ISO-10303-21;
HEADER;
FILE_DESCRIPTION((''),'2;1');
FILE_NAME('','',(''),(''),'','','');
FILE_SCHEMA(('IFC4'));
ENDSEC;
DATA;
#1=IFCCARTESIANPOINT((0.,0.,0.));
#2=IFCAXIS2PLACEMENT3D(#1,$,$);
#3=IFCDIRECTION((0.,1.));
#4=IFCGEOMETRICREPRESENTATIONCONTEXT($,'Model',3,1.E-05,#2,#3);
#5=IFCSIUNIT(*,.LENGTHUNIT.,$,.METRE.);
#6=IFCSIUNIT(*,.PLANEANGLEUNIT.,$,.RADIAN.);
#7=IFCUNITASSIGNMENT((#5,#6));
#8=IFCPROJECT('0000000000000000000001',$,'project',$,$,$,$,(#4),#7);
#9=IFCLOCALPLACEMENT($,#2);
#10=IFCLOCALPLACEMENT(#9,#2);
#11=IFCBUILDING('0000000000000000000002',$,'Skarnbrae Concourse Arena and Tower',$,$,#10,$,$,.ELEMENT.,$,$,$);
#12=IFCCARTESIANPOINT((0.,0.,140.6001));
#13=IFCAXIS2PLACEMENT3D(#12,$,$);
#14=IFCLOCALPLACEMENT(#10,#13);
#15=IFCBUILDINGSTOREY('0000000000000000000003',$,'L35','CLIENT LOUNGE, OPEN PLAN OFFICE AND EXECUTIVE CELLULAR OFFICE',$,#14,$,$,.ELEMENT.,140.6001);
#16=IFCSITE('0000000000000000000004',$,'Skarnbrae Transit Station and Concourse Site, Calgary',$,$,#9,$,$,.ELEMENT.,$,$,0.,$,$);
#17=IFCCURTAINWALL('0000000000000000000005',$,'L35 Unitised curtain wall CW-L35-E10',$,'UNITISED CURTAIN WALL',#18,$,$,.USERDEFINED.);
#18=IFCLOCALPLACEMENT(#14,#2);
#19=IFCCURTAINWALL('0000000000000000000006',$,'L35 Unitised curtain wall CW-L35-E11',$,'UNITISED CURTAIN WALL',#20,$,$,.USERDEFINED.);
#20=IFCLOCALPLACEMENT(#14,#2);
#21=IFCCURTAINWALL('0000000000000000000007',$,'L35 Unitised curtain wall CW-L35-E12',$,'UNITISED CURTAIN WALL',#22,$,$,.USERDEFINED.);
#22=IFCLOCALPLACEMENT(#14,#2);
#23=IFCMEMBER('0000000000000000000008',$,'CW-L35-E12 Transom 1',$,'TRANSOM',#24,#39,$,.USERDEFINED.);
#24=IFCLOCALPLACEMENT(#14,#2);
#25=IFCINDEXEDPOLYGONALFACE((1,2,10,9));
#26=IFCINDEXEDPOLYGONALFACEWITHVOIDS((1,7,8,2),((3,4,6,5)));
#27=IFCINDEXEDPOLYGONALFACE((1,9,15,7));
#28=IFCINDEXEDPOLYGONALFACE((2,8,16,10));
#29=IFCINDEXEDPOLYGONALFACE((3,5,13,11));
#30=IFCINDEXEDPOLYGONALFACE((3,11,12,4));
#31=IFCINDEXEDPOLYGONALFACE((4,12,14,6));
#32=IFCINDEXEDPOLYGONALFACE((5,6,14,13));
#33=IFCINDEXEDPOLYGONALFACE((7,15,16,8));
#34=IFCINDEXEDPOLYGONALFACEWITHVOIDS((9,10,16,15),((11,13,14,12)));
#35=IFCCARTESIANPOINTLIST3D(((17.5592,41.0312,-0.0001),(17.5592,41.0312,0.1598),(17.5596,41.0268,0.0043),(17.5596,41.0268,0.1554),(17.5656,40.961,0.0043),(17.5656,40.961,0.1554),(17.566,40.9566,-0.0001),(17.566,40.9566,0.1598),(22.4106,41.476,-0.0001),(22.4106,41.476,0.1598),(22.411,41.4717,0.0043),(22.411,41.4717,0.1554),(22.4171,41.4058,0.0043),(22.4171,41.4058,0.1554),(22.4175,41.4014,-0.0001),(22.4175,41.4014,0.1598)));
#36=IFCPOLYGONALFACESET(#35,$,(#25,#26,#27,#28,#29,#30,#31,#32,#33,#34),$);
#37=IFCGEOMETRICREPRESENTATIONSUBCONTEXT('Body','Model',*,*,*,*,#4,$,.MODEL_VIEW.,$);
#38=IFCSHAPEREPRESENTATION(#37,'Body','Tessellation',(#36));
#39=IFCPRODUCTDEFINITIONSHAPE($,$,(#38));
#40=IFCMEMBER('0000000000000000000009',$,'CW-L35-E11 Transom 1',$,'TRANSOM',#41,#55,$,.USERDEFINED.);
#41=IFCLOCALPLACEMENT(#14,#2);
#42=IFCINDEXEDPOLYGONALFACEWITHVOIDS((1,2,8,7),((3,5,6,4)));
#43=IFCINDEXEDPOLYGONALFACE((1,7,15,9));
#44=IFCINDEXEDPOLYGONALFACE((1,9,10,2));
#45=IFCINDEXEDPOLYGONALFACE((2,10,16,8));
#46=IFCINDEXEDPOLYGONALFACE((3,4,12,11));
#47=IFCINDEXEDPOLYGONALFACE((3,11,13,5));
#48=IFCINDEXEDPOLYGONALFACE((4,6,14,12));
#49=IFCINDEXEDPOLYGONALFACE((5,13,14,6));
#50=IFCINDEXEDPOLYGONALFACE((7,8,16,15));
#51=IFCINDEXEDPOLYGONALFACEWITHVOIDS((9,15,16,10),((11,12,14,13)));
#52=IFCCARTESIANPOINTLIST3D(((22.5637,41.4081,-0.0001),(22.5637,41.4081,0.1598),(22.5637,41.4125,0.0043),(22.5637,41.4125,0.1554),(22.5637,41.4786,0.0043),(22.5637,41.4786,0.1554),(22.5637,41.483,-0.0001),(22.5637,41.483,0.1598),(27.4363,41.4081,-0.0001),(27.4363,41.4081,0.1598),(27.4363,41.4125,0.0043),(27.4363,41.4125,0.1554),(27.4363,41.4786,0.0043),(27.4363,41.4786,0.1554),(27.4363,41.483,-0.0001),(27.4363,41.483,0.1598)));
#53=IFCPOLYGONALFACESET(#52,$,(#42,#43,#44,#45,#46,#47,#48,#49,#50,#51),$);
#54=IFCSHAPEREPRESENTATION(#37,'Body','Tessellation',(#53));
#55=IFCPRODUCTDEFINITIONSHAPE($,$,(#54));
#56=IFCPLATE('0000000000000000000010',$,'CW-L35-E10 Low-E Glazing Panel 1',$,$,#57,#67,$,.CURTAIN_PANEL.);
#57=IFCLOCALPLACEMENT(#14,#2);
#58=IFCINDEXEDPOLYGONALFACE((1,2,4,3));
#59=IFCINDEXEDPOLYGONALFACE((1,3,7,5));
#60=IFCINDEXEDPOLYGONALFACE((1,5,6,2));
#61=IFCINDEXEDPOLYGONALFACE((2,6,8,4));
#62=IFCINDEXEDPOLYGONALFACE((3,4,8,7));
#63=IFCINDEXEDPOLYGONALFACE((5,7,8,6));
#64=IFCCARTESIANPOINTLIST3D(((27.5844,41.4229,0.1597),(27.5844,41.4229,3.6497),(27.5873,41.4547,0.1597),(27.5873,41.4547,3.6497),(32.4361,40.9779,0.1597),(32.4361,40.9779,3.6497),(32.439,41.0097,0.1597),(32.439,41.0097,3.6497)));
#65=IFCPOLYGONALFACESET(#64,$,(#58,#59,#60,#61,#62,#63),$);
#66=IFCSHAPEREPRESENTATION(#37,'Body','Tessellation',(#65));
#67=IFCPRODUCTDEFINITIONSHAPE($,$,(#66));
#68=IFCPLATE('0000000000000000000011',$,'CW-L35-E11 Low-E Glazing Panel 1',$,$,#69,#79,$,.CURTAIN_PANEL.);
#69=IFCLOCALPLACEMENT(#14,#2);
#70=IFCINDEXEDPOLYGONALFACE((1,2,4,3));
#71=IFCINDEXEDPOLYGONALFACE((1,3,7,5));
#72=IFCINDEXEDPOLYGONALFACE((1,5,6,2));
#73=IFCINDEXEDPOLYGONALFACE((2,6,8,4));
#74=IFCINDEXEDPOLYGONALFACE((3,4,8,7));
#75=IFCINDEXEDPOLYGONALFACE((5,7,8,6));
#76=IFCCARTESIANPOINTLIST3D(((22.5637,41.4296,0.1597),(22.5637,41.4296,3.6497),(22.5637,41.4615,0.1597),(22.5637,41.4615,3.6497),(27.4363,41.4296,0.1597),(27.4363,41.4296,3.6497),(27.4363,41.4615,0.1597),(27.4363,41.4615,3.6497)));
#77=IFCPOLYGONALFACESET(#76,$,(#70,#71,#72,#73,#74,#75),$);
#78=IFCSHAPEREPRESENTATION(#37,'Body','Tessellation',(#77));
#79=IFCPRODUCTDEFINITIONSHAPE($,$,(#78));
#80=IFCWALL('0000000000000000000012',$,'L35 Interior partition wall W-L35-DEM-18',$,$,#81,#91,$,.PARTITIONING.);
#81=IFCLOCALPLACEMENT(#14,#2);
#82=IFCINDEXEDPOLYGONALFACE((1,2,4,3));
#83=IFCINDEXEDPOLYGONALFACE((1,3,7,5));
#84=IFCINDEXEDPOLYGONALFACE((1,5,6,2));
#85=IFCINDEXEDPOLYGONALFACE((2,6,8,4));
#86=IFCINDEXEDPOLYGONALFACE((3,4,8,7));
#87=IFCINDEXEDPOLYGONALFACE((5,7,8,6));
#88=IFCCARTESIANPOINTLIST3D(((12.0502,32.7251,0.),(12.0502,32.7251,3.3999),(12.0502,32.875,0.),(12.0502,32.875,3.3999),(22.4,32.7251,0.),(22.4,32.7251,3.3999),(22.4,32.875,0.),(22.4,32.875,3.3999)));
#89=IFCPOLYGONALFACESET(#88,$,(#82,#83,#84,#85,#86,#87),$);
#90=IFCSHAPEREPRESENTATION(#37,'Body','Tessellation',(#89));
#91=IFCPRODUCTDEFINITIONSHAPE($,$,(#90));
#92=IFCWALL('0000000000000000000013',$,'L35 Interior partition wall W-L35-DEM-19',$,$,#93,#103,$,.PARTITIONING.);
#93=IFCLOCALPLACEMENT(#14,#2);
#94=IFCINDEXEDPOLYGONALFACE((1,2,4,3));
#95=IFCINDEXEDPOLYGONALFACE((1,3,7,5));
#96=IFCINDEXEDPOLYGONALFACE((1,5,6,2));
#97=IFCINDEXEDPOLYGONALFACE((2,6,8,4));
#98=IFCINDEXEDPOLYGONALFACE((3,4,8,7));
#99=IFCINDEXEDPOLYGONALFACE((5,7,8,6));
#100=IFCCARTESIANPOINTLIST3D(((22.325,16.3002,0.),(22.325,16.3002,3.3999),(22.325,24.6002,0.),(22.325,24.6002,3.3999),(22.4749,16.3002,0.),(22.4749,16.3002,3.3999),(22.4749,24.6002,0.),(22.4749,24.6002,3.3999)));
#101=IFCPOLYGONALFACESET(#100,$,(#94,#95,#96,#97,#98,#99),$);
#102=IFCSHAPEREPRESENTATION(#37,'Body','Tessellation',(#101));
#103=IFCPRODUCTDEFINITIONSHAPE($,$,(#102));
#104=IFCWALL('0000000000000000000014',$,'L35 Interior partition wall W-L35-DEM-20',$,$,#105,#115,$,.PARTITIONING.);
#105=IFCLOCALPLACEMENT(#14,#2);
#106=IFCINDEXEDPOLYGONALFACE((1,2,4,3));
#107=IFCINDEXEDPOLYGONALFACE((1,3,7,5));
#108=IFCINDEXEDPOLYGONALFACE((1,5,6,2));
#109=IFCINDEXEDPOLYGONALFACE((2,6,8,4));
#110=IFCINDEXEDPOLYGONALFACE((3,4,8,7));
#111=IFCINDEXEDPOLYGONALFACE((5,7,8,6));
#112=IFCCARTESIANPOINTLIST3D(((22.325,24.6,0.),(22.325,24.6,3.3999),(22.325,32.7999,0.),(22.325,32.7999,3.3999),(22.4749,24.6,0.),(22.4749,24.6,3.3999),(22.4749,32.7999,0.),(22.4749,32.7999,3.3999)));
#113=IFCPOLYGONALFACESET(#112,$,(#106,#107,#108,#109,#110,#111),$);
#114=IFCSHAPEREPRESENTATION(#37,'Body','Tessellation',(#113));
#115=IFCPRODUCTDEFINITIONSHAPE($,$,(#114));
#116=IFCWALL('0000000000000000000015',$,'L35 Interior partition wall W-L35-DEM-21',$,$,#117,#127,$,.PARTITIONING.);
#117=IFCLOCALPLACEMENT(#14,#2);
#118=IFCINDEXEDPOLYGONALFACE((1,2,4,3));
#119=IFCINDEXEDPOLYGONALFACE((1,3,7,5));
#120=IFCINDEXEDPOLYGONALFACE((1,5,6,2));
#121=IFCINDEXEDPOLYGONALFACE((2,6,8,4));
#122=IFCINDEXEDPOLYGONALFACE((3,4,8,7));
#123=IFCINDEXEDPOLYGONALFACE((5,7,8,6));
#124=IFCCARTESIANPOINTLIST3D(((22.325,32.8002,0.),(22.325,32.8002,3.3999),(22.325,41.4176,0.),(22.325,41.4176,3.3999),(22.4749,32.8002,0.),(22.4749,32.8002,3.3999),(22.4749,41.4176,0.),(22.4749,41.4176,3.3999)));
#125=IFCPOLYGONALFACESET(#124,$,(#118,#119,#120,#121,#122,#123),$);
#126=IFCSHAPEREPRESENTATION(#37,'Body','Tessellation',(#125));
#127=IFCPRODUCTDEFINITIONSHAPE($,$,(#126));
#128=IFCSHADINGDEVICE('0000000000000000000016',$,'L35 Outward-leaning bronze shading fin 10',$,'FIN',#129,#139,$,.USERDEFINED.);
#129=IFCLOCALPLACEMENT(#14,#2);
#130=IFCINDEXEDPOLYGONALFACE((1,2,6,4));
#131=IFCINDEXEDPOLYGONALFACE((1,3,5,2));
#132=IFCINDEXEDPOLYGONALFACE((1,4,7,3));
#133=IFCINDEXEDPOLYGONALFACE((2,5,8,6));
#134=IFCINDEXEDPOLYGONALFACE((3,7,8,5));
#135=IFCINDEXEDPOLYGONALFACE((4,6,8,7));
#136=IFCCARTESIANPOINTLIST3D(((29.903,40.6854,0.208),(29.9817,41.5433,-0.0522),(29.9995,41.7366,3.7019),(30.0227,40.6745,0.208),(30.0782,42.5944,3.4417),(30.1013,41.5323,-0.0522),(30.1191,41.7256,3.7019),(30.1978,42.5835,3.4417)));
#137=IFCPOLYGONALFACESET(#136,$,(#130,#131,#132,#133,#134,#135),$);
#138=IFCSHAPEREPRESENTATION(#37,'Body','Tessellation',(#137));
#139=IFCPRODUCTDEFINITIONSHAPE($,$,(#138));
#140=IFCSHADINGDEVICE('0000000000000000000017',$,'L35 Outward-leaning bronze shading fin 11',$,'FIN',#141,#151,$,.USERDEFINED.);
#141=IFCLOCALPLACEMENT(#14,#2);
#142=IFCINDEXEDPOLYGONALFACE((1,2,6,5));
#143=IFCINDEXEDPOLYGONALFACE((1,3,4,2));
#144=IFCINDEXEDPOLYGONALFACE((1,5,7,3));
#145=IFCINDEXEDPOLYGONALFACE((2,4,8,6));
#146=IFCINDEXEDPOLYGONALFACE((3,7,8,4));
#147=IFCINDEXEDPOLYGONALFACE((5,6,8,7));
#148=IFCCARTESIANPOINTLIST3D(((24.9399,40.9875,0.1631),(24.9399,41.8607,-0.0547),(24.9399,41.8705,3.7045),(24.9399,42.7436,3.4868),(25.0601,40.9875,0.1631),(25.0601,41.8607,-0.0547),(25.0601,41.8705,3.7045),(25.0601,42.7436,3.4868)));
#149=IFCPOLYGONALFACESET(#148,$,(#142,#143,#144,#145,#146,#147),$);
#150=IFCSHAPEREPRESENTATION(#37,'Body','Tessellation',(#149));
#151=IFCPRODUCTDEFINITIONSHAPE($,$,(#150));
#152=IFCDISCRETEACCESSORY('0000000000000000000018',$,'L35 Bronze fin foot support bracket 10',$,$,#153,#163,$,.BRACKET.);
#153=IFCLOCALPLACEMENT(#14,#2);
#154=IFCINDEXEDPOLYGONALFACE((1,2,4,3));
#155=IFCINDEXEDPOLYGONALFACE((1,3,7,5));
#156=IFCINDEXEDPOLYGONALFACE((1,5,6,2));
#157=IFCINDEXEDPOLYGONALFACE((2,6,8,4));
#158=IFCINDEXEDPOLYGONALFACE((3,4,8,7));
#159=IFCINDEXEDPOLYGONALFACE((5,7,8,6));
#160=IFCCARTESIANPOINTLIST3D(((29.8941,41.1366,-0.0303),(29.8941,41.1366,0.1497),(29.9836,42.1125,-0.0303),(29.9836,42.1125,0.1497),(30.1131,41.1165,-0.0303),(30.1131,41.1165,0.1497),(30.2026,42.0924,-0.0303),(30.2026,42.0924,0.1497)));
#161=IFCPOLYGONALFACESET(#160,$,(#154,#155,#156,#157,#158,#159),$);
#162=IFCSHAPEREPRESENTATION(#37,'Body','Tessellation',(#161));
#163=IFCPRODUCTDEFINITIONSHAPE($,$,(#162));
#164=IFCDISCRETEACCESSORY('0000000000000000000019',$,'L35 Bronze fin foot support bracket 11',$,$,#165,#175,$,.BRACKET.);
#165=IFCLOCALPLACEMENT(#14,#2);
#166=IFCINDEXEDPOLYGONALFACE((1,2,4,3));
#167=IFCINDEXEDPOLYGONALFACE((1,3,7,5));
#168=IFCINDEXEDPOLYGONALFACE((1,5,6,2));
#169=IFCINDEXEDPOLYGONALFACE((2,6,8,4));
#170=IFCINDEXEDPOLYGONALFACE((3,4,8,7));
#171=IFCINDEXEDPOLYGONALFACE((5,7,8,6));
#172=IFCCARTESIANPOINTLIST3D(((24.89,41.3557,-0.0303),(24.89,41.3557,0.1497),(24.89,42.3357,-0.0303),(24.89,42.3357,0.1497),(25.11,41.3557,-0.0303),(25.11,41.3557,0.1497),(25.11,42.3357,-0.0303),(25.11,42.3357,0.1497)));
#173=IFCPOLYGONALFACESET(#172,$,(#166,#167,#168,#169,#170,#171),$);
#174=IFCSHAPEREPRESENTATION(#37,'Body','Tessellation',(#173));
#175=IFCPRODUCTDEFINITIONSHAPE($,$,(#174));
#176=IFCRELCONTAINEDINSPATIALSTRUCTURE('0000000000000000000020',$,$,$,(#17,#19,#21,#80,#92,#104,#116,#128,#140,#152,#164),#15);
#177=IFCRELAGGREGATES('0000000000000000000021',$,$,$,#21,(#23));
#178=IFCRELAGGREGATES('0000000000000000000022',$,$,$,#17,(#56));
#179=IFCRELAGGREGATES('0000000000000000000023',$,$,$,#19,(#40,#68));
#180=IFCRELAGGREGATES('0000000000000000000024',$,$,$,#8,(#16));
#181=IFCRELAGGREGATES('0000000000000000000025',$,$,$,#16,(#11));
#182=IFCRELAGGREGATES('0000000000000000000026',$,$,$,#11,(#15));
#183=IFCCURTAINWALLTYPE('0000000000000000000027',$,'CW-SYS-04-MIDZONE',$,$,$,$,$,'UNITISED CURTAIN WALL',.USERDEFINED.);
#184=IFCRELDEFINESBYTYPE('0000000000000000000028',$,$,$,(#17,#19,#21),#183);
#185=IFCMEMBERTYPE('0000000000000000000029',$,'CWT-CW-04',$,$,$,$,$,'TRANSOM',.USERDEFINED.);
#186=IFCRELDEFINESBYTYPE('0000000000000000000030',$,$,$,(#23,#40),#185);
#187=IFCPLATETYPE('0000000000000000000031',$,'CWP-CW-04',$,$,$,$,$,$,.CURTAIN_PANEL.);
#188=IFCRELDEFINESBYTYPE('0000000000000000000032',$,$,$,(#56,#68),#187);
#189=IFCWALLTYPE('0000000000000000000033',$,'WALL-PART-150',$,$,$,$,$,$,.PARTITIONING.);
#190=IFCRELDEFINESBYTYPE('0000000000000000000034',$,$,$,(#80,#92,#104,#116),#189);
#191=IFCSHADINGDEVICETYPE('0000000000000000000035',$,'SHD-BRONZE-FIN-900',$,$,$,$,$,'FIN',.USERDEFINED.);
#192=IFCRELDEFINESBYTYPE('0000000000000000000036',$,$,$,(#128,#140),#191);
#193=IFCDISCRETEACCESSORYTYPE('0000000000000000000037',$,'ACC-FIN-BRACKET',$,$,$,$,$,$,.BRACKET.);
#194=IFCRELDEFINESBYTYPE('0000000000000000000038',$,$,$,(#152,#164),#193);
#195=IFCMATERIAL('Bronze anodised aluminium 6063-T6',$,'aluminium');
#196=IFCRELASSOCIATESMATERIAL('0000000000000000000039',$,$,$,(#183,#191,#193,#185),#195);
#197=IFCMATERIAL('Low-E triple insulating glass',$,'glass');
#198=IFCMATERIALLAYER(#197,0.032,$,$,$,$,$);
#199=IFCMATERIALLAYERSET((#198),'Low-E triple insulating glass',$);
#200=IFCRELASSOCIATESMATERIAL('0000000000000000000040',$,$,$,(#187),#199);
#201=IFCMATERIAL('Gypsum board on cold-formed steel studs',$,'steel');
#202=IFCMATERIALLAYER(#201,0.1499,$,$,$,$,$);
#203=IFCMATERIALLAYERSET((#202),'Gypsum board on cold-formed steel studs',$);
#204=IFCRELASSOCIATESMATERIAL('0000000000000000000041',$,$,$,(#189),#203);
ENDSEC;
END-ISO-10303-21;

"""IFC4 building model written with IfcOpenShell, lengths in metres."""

from ifc_helpers import new_model, si_unit, direction, frame, frame_2d, origin, origin_2d, place, context, subcontext, project, spatial, rectangle, hollow_rectangle, extrude, source, transform, mapped, material, layer, layer_set, material_profile, profile_set, type_object, element, aggregate, save


model = new_model("IFC4")

# Units and contexts
model_context = context("Model", 3, precision=1e-05, world=origin(), true_north=direction((0.0, 1.0)))
body_context = subcontext(model_context, "Body", "Model", "MODEL_VIEW")
ifc_project = project(units=[si_unit("LENGTHUNIT", "METRE"), si_unit("PLANEANGLEUNIT", "RADIAN")], contexts=[model_context])

# Site, building, storey
site_placement = place(None, origin())
site = spatial("IfcSite", under=ifc_project, at=site_placement, Name="Skarnbrae Transit Station and Concourse Site, Calgary", CompositionType="ELEMENT", RefElevation=0.0)
building_placement = place(site_placement, origin())
building = spatial("IfcBuilding", under=site, at=building_placement, Name="Skarnbrae Concourse Arena and Tower", CompositionType="ELEMENT")
storey_placement = place(building_placement, frame((0.0, 0.0, 140.6001)))
storey = spatial("IfcBuildingStorey", under=building, at=storey_placement, Name="L35", Description="CLIENT LOUNGE, OPEN PLAN OFFICE AND EXECUTIVE CELLULAR OFFICE", CompositionType="ELEMENT", Elevation=140.6001)

# Shared definitions
ifc_material_1 = material(Name="Bronze anodised aluminium 6063-T6", Category="aluminium")
curtain_wall_type = type_object("IfcCurtainWallType", Name="CW-SYS-04-MIDZONE", ElementType="UNITISED CURTAIN WALL", PredefinedType="USERDEFINED", material=ifc_material_1)

# Curtain walls
curtain_wall_1_placement = place(storey_placement, origin())
curtain_wall_1 = element("IfcCurtainWall", 1, at=curtain_wall_1_placement, inside=storey, type_object=curtain_wall_type, Name="L35 Unitised curtain wall CW-L35-E10", ObjectType="UNITISED CURTAIN WALL", PredefinedType="USERDEFINED")
curtain_wall_2_placement = place(storey_placement, origin())
curtain_wall_2 = element("IfcCurtainWall", 2, at=curtain_wall_2_placement, inside=storey, type_object=curtain_wall_type, Name="L35 Unitised curtain wall CW-L35-E11", ObjectType="UNITISED CURTAIN WALL", PredefinedType="USERDEFINED")

# Curtain wall
curtain_wall_3_placement = place(storey_placement, origin())
curtain_wall_3 = element("IfcCurtainWall", 3, at=curtain_wall_3_placement, inside=storey, type_object=curtain_wall_type, Name="L35 Unitised curtain wall CW-L35-E12", ObjectType="UNITISED CURTAIN WALL", PredefinedType="USERDEFINED")

# Members
ifc_material_profile_1 = material_profile(ifc_material_1, hollow_rectangle(XDim=0.075, YDim=0.1599, WallThickness=0.0044, at=origin_2d()), Name="ALU-TRAN-75X160")
ifc_profile_set_1 = profile_set([ifc_material_profile_1], Name="Bronze anodised aluminium 6063-T6")
member_type_1 = type_object("IfcMemberType", Name="CWT-CW-04", ElementType="TRANSOM", PredefinedType="USERDEFINED", material=ifc_profile_set_1)
shared_shape_1 = source(origin(), body_context, "Body", "SweptSolid", [
    extrude(hollow_rectangle(XDim=0.075, YDim=0.1599, WallThickness=0.0044, at=origin_2d()), origin(), (0.0, 0.0, 1.0), 4.8718),
])
member_1_placement = place(storey_placement, frame((22.4141, 41.4387, 0.0798), z_axis=(-0.995823, -0.091304, 0.0), x_axis=(0.091304, -0.995823, 0.0)))
member_1 = element("IfcMember", 4, at=member_1_placement, type_object=member_type_1, Name="CW-L35-E12 Transom 1", ObjectType="TRANSOM", PredefinedType="USERDEFINED", context=body_context, shape_type="MappedRepresentation", body=[
    mapped(shared_shape_1, transform((0.0, 0.0, 0.0))),
])
aggregate(curtain_wall_3, [member_1])
shared_shape_2 = source(origin(), body_context, "Body", "SweptSolid", [
    extrude(hollow_rectangle(XDim=0.075, YDim=0.1599, WallThickness=0.0044, at=origin_2d()), origin(), (0.0, 0.0, 1.0), 4.8726),
])
member_2_placement = place(storey_placement, frame((27.4363, 41.4456, 0.0798), z_axis=(-1.0, 0.0, 0.0), x_axis=(0.0, -1.0, 0.0)))
member_2 = element("IfcMember", 5, at=member_2_placement, type_object=member_type_1, Name="CW-L35-E11 Transom 1", ObjectType="TRANSOM", PredefinedType="USERDEFINED", context=body_context, shape_type="MappedRepresentation", body=[
    mapped(shared_shape_2, transform((0.0, 0.0, 0.0))),
])

# Plates
ifc_material_2 = material(Name="Low-E triple insulating glass", Category="glass")
ifc_layer_1 = layer(ifc_material_2, 0.032)
ifc_layer_set_1 = layer_set([ifc_layer_1], Name="Low-E triple insulating glass")
plate_type = type_object("IfcPlateType", Name="CWP-CW-04", PredefinedType="CURTAIN_PANEL", material=ifc_layer_set_1)
shared_shape_3 = source(origin(), body_context, "Body", "SweptSolid", [
    extrude(rectangle(XDim=4.8721, YDim=0.032, at=origin_2d()), origin(), (0.0, 0.0, 1.0), 3.49),
])
plate_1_placement = place(storey_placement, frame((30.0117, 41.2163, 0.1597), z_axis=(0.0, 0.0, 1.0), x_axis=(-0.99582, 0.091338, 0.0)))
plate_1 = element("IfcPlate", 6, at=plate_1_placement, type_object=plate_type, Name="CW-L35-E10 Low-E Glazing Panel 1", PredefinedType="CURTAIN_PANEL", context=body_context, shape_type="MappedRepresentation", body=[
    mapped(shared_shape_3, transform((0.0, 0.0, 0.0))),
])
aggregate(curtain_wall_1, [plate_1])
shared_shape_4 = source(origin(), body_context, "Body", "SweptSolid", [
    extrude(rectangle(XDim=4.8726, YDim=0.032, at=origin_2d()), origin(), (0.0, 0.0, 1.0), 3.49),
])
plate_2_placement = place(storey_placement, frame((25.0, 41.4456, 0.1597), z_axis=(0.0, 0.0, 1.0), x_axis=(-1.0, 0.0, 0.0)))
plate_2 = element("IfcPlate", 7, at=plate_2_placement, type_object=plate_type, Name="CW-L35-E11 Low-E Glazing Panel 1", PredefinedType="CURTAIN_PANEL", context=body_context, shape_type="MappedRepresentation", body=[
    mapped(shared_shape_4, transform((0.0, 0.0, 0.0))),
])
aggregate(curtain_wall_2, [member_2, plate_2])

# Walls
ifc_material_3 = material(Name="Gypsum board on cold-formed steel studs", Category="steel")
ifc_layer_2 = layer(ifc_material_3, 0.1499)
ifc_layer_set_2 = layer_set([ifc_layer_2], Name="Gypsum board on cold-formed steel studs")
wall_type = type_object("IfcWallType", Name="WALL-PART-150", PredefinedType="PARTITIONING", material=ifc_layer_set_2)
shared_shape_5 = source(origin(), body_context, "Body", "SweptSolid", [
    extrude(rectangle(XDim=10.3499, YDim=0.1499, at=frame_2d((5.1748, 0.0))), origin(), (0.0, 0.0, 1.0), 3.3999),
])
wall_1_placement = place(storey_placement, frame((22.3999, 32.8, 0.0), z_axis=(0.0, 0.0, 1.0), x_axis=(-1.0, 0.0, 0.0)))
element("IfcWall", 8, at=wall_1_placement, inside=storey, type_object=wall_type, Name="L35 Interior partition wall W-L35-DEM-18", PredefinedType="PARTITIONING", context=body_context, shape_type="MappedRepresentation", body=[
    mapped(shared_shape_5, transform((0.0, 0.0, 0.0))),
])
shared_shape_6 = source(origin(), body_context, "Body", "SweptSolid", [
    extrude(rectangle(XDim=8.3, YDim=0.1499, at=frame_2d((4.1499, 0.0))), origin(), (0.0, 0.0, 1.0), 3.3999),
])
wall_2_placement = place(storey_placement, frame((22.3999, 24.6001, 0.0), z_axis=(0.0, 0.0, 1.0), x_axis=(0.0, -1.0, 0.0)))
element("IfcWall", 9, at=wall_2_placement, inside=storey, type_object=wall_type, Name="L35 Interior partition wall W-L35-DEM-19", PredefinedType="PARTITIONING", context=body_context, shape_type="MappedRepresentation", body=[
    mapped(shared_shape_6, transform((0.0, 0.0, 0.0))),
])
shared_shape_7 = source(origin(), body_context, "Body", "SweptSolid", [
    extrude(rectangle(XDim=8.2, YDim=0.1499, at=frame_2d((4.1001, 0.0))), origin(), (0.0, 0.0, 1.0), 3.3999),
])
wall_3_placement = place(storey_placement, frame((22.3999, 32.8, 0.0), z_axis=(0.0, 0.0, 1.0), x_axis=(0.0, -1.0, 0.0)))
element("IfcWall", 10, at=wall_3_placement, inside=storey, type_object=wall_type, Name="L35 Interior partition wall W-L35-DEM-20", PredefinedType="PARTITIONING", context=body_context, shape_type="MappedRepresentation", body=[
    mapped(shared_shape_7, transform((0.0, 0.0, 0.0))),
])
shared_shape_8 = source(origin(), body_context, "Body", "SweptSolid", [
    extrude(rectangle(XDim=8.6174, YDim=0.1499, at=frame_2d((4.3086, 0.0))), origin(), (0.0, 0.0, 1.0), 3.3999),
])
wall_4_placement = place(storey_placement, frame((22.3999, 41.4175, 0.0), z_axis=(0.0, 0.0, 1.0), x_axis=(0.0, -1.0, 0.0)))
element("IfcWall", 11, at=wall_4_placement, inside=storey, type_object=wall_type, Name="L35 Interior partition wall W-L35-DEM-21", PredefinedType="PARTITIONING", context=body_context, shape_type="MappedRepresentation", body=[
    mapped(shared_shape_8, transform((0.0, 0.0, 0.0))),
])

# Shading devices
shading_device_type = type_object("IfcShadingDeviceType", Name="SHD-BRONZE-FIN-900", ElementType="FIN", PredefinedType="USERDEFINED", material=ifc_material_1)
shared_shape_9 = source(origin(), body_context, "Body", "SweptSolid", [
    extrude(rectangle(XDim=0.1201, YDim=0.8999, at=origin_2d()), origin(), (0.0, 0.0, 1.0), 3.6499),
])
for number, where, z_axis, x_axis, name in (
    (12, (30.0022, 41.1089, 0.0779), (0.026417, 0.28799, 0.957269), (0.995819, -0.091345, 0.0), "L35 Outward-leaning bronze shading fin 10"),
    (13, (25.0, 41.4241, 0.0542), (0.0, 0.241922, 0.970296), (1.0, 0.0, 0.0), "L35 Outward-leaning bronze shading fin 11"),
):
    element("IfcShadingDevice", number, at=place(storey_placement, frame(where, z_axis=z_axis, x_axis=x_axis)), inside=storey, type_object=shading_device_type, Name=name, ObjectType="FIN", PredefinedType="USERDEFINED", context=body_context, shape_type="MappedRepresentation", body=[
        mapped(shared_shape_9, transform((0.0, 0.0, 0.0))),
    ])

# Discrete accessories
discrete_accessory_type = type_object("IfcDiscreteAccessoryType", Name="ACC-FIN-BRACKET", PredefinedType="BRACKET", material=ifc_material_1)
shared_shape_10 = source(origin(), body_context, "Body", "SweptSolid", [
    extrude(rectangle(XDim=0.22, YDim=0.98, at=origin_2d()), origin(), (0.0, 0.0, 1.0), 0.1799),
])
for number, where, z_axis, x_axis, name in (
    (14, (30.0483, 41.6145, -0.0303), (0.0, 0.0, 1.0), (0.995819, -0.091345, 0.0), "L35 Bronze fin foot support bracket 10"),
    (15, (25.0, 41.8457, -0.0303), (0.0, 0.0, 1.0), (1.0, 0.0, 0.0), "L35 Bronze fin foot support bracket 11"),
):
    element("IfcDiscreteAccessory", number, at=place(storey_placement, frame(where, z_axis=z_axis, x_axis=x_axis)), inside=storey, type_object=discrete_accessory_type, Name=name, PredefinedType="BRACKET", context=body_context, shape_type="MappedRepresentation", body=[
        mapped(shared_shape_10, transform((0.0, 0.0, 0.0))),
    ])

save(model, "model.ifc")
